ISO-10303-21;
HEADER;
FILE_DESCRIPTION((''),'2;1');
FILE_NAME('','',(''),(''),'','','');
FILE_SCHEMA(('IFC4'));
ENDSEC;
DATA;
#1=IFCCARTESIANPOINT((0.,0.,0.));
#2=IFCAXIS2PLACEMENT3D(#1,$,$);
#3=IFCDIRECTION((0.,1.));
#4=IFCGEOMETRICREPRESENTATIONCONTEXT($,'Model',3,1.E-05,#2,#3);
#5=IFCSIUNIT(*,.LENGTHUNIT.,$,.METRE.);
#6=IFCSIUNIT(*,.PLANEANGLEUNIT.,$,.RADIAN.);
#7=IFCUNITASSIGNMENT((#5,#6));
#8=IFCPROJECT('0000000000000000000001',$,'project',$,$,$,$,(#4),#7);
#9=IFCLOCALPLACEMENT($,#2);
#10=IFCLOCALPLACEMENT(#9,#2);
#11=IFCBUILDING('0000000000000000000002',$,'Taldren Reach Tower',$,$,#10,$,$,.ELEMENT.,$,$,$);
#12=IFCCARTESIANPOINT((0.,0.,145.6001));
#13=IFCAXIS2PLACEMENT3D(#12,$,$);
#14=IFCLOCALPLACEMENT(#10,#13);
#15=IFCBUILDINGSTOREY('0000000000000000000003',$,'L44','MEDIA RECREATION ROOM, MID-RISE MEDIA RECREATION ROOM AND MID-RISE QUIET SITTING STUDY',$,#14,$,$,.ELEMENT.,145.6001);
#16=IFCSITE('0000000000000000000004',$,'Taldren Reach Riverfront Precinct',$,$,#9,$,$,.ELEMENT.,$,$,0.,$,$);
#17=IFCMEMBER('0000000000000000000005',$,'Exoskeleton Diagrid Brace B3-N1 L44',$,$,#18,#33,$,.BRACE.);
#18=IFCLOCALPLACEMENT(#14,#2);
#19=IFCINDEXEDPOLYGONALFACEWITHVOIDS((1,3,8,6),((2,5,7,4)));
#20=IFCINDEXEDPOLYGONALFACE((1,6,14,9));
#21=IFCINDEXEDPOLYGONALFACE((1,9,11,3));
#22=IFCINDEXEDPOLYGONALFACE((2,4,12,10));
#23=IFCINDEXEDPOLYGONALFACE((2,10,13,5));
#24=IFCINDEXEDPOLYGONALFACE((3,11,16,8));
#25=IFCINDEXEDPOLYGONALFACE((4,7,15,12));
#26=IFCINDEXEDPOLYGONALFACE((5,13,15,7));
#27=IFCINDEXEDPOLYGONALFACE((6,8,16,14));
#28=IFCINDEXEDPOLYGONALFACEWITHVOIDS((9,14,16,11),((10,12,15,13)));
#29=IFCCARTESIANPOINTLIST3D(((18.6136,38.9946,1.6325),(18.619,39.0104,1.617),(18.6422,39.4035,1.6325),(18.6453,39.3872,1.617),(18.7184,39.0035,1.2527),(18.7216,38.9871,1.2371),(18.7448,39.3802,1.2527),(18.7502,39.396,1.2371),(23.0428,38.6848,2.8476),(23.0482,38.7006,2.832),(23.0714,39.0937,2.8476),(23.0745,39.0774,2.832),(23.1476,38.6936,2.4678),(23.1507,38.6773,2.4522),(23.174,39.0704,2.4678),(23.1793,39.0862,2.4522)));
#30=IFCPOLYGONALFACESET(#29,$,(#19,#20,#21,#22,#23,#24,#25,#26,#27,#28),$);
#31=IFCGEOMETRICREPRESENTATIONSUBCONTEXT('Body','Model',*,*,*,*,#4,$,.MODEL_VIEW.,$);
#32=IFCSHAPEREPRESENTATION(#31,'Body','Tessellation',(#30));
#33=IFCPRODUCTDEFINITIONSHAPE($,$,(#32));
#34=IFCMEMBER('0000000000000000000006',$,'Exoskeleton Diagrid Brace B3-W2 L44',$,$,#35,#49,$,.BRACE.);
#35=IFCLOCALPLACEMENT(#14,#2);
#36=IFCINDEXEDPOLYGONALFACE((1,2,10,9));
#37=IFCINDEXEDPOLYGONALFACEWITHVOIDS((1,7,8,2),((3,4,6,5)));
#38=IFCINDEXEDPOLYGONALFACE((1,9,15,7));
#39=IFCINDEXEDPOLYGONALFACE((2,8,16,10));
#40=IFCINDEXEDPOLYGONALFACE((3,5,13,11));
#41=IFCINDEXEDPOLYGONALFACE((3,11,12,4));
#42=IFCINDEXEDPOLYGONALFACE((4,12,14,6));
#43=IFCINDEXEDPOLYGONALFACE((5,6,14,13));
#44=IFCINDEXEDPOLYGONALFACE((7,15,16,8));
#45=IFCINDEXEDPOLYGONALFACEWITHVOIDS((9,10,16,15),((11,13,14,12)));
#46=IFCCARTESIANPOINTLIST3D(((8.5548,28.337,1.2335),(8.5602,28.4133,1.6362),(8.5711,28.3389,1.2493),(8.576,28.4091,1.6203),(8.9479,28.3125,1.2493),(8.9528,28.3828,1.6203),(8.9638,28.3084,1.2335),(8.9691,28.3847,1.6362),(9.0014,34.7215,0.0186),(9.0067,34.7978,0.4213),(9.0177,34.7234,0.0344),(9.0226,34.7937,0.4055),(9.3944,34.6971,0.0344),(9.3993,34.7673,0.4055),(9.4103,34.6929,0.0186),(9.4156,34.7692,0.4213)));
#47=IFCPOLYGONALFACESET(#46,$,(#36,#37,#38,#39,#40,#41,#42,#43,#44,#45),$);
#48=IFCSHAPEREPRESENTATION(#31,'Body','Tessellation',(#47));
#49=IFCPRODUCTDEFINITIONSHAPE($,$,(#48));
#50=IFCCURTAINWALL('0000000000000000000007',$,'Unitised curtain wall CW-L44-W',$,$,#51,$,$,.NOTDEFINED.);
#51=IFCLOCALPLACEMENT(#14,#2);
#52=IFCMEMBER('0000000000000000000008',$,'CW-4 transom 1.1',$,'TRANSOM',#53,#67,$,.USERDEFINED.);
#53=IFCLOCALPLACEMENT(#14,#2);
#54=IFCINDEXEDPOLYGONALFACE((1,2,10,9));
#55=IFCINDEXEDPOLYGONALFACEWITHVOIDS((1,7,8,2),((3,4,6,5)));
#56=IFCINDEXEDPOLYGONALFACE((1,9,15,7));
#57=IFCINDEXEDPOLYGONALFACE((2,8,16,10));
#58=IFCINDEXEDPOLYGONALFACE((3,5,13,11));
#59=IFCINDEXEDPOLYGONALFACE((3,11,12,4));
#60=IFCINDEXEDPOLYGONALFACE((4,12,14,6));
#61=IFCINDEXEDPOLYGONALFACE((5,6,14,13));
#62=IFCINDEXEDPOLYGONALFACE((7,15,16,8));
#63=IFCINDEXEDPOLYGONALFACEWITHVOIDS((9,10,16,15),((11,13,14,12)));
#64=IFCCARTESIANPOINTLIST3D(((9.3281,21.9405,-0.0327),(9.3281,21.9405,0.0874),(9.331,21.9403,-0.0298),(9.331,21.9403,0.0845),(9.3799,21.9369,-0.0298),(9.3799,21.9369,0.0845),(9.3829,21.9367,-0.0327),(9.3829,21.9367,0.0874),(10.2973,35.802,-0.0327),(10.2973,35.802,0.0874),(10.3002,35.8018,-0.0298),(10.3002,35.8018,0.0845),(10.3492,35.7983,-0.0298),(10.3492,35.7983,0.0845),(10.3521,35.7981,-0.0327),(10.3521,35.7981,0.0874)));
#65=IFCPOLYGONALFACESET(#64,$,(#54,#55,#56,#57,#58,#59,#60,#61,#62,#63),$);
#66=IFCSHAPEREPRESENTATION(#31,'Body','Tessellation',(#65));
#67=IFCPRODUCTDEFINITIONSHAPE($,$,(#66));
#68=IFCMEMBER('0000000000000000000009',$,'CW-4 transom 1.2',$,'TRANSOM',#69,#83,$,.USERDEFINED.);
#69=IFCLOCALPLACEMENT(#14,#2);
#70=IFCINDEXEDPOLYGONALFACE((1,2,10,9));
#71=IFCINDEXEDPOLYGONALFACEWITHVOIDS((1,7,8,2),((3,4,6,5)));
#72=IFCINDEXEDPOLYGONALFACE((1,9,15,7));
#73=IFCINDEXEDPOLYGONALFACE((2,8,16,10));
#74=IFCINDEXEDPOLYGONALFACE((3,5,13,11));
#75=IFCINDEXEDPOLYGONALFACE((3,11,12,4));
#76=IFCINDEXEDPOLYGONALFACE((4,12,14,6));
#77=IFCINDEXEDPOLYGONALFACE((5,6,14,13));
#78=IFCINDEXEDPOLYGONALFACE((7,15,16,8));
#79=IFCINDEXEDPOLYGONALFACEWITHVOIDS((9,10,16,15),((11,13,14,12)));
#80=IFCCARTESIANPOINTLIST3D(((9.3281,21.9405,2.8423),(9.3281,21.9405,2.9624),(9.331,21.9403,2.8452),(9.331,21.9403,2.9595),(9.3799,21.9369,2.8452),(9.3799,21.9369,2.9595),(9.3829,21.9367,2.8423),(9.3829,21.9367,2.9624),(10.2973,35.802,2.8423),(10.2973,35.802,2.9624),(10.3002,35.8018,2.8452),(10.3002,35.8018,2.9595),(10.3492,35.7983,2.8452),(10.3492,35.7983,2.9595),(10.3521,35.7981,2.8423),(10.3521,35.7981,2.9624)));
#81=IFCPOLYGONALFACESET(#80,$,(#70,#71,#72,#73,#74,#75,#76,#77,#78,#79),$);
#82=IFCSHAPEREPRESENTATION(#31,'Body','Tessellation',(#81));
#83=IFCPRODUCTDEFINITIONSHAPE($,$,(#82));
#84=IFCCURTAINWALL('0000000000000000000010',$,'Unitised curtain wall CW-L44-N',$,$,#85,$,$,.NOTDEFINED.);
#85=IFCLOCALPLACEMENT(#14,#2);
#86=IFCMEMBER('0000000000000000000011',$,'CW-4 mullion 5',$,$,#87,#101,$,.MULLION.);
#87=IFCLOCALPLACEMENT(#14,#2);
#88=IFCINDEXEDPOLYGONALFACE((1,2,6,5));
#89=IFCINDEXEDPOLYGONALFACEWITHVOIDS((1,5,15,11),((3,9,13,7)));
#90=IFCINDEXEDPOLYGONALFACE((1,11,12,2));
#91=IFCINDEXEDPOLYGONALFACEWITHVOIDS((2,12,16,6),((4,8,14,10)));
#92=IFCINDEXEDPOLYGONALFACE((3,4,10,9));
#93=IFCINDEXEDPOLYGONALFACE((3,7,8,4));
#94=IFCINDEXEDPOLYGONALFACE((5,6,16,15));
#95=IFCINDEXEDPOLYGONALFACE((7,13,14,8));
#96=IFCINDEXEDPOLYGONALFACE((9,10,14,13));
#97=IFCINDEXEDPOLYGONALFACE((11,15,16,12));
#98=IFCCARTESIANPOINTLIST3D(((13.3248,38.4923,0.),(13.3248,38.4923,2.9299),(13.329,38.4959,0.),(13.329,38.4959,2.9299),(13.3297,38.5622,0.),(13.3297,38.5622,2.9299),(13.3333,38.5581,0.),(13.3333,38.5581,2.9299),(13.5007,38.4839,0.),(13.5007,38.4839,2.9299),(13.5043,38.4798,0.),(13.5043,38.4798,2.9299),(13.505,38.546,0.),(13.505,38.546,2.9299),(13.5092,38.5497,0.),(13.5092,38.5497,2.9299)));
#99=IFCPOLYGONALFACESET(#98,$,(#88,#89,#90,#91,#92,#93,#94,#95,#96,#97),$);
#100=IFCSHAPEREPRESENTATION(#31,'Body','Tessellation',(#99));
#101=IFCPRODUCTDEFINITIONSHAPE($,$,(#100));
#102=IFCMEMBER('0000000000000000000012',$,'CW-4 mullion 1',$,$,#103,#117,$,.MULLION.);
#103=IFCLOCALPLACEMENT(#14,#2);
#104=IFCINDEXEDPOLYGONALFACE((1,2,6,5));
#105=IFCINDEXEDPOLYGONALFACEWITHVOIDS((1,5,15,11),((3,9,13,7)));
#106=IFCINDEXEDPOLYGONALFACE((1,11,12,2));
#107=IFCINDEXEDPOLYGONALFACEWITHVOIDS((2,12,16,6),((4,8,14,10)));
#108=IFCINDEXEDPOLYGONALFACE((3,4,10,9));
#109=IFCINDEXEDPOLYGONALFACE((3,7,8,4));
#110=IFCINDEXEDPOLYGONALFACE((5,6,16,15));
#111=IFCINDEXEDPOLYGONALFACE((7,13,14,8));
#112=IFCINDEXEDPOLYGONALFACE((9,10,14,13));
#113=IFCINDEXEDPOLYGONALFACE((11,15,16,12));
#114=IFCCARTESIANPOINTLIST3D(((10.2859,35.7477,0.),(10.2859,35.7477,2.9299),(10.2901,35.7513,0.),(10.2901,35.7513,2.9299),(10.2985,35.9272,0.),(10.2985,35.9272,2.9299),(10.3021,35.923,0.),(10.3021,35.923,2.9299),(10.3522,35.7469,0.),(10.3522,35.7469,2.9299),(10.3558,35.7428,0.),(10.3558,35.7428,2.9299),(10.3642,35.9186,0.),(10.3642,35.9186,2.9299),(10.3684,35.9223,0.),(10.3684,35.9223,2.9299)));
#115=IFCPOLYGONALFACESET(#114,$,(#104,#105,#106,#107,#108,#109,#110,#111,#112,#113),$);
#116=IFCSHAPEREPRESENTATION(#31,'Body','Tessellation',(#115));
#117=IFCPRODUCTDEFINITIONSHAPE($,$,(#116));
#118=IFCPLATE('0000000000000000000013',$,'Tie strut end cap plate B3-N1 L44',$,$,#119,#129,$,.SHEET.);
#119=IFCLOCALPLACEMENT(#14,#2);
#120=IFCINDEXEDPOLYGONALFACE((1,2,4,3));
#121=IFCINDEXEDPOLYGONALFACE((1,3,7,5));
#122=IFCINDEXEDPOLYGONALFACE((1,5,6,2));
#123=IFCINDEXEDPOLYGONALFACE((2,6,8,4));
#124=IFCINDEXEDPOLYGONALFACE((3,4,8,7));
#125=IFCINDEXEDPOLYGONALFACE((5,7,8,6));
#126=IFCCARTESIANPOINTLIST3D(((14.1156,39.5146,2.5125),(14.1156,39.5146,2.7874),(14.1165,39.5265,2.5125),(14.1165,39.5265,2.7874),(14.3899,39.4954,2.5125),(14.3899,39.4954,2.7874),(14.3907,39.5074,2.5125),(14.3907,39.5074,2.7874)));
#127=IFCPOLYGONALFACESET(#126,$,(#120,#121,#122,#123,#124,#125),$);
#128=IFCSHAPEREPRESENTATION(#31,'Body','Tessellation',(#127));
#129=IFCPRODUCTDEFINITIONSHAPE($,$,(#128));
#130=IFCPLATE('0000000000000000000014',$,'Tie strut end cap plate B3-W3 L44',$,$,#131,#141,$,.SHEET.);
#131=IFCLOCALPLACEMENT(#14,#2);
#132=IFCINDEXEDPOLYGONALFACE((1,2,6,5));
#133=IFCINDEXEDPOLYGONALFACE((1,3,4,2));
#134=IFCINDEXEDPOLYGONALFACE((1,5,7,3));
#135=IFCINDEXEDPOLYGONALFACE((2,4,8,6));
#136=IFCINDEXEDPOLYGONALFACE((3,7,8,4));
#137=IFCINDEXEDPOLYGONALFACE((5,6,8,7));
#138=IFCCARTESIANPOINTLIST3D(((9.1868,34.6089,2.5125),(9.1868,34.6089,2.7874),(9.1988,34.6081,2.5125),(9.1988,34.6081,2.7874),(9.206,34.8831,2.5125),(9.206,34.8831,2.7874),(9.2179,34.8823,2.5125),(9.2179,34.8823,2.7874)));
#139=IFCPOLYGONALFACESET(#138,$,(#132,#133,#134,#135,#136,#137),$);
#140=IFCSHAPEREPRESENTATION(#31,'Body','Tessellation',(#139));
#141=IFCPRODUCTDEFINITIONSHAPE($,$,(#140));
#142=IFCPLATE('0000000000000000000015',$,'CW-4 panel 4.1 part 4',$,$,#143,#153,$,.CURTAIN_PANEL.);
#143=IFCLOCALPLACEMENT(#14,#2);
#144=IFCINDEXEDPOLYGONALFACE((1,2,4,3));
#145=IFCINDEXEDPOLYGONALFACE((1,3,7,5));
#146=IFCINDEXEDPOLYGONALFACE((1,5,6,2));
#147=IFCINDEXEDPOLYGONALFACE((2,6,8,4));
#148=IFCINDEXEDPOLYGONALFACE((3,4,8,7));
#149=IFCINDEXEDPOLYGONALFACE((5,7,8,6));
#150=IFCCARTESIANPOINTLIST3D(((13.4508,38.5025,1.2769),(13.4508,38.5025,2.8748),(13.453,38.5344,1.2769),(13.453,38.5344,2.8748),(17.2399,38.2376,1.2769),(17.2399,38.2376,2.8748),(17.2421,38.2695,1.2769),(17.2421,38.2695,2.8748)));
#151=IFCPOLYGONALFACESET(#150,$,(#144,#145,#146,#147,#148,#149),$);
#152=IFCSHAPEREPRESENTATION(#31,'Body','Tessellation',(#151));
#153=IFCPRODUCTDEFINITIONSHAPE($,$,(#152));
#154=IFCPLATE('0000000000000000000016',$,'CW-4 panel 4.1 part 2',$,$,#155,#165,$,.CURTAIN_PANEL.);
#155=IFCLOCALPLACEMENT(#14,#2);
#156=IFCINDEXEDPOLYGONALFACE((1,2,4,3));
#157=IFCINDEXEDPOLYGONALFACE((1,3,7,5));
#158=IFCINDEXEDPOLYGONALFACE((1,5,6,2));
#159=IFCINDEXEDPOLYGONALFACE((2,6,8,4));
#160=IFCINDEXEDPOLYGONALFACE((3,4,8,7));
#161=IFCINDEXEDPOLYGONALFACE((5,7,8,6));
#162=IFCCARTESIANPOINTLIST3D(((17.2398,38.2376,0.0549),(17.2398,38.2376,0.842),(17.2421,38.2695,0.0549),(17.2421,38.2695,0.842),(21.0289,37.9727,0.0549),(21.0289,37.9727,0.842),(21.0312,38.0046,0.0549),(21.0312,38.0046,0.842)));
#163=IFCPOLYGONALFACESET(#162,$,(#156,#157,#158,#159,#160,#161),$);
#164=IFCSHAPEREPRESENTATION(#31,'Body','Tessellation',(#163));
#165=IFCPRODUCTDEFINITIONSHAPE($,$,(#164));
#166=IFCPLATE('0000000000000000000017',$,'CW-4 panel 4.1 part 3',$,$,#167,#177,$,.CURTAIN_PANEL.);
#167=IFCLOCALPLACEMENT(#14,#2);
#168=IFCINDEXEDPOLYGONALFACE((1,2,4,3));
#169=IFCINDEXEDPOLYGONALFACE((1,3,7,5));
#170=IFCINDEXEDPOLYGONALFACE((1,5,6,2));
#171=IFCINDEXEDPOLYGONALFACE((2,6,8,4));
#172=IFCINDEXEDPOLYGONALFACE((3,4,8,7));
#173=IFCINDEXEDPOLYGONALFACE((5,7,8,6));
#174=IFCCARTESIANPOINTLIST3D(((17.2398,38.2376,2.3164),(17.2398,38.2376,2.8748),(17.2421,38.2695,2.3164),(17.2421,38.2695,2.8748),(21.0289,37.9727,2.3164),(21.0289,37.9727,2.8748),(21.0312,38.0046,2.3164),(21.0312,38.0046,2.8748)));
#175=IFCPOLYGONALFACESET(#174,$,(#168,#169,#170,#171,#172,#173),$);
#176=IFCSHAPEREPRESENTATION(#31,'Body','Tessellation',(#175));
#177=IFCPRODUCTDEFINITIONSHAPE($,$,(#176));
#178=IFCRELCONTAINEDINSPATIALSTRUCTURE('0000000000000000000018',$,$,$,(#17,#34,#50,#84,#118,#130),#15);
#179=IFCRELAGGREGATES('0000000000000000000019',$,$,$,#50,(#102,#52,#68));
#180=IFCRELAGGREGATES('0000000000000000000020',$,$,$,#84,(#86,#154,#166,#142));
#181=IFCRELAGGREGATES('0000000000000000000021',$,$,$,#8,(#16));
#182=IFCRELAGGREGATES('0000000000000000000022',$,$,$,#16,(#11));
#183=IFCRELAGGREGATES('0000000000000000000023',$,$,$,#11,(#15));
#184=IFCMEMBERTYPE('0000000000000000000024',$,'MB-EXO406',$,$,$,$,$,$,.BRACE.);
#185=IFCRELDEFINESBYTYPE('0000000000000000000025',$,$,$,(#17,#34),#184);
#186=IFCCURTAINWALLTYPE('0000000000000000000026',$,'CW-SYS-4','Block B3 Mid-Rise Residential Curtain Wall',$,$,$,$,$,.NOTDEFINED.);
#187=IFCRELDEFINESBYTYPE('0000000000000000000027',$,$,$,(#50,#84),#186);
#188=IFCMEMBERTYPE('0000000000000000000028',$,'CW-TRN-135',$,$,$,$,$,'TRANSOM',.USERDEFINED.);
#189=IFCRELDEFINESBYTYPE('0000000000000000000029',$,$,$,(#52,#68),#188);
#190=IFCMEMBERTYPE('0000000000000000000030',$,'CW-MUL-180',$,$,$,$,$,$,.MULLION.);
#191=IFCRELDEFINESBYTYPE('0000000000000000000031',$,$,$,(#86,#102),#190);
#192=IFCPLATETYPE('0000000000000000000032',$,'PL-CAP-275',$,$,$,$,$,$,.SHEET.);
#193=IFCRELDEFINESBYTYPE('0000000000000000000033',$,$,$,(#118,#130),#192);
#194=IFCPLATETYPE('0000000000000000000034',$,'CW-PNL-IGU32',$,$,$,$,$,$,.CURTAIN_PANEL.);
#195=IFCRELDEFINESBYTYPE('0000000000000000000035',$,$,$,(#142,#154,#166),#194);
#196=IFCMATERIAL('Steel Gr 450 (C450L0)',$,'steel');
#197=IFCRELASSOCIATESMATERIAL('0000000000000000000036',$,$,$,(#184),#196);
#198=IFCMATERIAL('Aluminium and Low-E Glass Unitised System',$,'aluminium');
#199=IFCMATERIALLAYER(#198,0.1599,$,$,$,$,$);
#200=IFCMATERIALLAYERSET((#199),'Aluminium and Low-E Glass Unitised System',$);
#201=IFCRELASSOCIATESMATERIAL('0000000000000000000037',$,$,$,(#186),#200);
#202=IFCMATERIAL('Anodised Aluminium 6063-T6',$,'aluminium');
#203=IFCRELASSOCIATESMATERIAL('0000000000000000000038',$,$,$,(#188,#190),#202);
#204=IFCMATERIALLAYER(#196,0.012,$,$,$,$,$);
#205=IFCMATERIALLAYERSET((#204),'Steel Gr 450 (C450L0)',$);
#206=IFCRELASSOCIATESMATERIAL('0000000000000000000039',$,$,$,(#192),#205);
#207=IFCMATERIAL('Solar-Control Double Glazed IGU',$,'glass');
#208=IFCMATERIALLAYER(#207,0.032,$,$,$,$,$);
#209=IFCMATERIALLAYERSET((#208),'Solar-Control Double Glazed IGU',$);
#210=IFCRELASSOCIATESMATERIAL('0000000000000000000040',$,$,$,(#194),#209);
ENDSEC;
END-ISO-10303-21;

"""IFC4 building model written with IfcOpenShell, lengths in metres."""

from ifc_helpers import new_model, si_unit, direction, frame, origin, origin_2d, place, context, subcontext, project, spatial, rectangle, hollow_rectangle, extrude, source, transform, mapped, material, layer, layer_set, material_profile, profile_set, type_object, element, aggregate, save


model = new_model("IFC4")

# Units and contexts
model_context = context("Model", 3, precision=1e-05, world=origin(), true_north=direction((0.0, 1.0)))
body_context = subcontext(model_context, "Body", "Model", "MODEL_VIEW")
ifc_project = project(units=[si_unit("LENGTHUNIT", "METRE"), si_unit("PLANEANGLEUNIT", "RADIAN")], contexts=[model_context])

# Site, building, storey
site_placement = place(None, origin())
site = spatial("IfcSite", under=ifc_project, at=site_placement, Name="Taldren Reach Riverfront Precinct", CompositionType="ELEMENT", RefElevation=0.0)
building_placement = place(site_placement, origin())
building = spatial("IfcBuilding", under=site, at=building_placement, Name="Taldren Reach Tower", CompositionType="ELEMENT")
storey_placement = place(building_placement, frame((0.0, 0.0, 145.6001)))
storey = spatial("IfcBuildingStorey", under=building, at=storey_placement, Name="L44", Description="MEDIA RECREATION ROOM, MID-RISE MEDIA RECREATION ROOM AND MID-RISE QUIET SITTING STUDY", CompositionType="ELEMENT", Elevation=145.6001)

# Shared definitions
ifc_material_1 = material(Name="Steel Gr 450 (C450L0)", Category="steel")

# Members
ifc_material_profile_1 = material_profile(ifc_material_1, hollow_rectangle(XDim=0.4099, YDim=0.4099, WallThickness=0.0161, at=origin_2d()), Name="410x410x16.0SHS")
ifc_profile_set_1 = profile_set([ifc_material_profile_1], Name="Steel Gr 450 (C450L0)")
member_type_1 = type_object("IfcMemberType", Name="MB-EXO406", PredefinedType="BRACE", material=ifc_profile_set_1)
shared_shape_1 = source(origin(), body_context, "Body", "SweptSolid", [
    extrude(hollow_rectangle(XDim=0.4099, YDim=0.4099, WallThickness=0.0161, at=origin_2d()), origin(), (0.0, 0.0, 1.0), 4.6033),
])
for number, where, z_axis, x_axis, name in (
    (1, (18.6819, 39.1953, 1.4348), (0.962182, -0.067303, 0.263961), (0.069778, 0.997563, 0.0), "Exoskeleton Diagrid Brace B3-N1 L44"),
):
    element("IfcMember", number, at=place(storey_placement, frame(where, z_axis=z_axis, x_axis=x_axis)), inside=storey, type_object=member_type_1, Name=name, PredefinedType="BRACE", context=body_context, shape_type="MappedRepresentation", body=[
        mapped(shared_shape_1, transform((0.0, 0.0, 0.0), scale=1.0)),
    ])
shared_shape_2 = source(origin(), body_context, "Body", "SweptSolid", [
    extrude(hollow_rectangle(XDim=0.4099, YDim=0.4099, WallThickness=0.0161, at=origin_2d()), origin(), (0.0, 0.0, 1.0), 6.5144),
])
member_1_placement = place(storey_placement, frame((9.2085, 34.7454, 0.22), z_axis=(-0.068546, -0.980063, 0.186486), x_axis=(0.997563, -0.06977, 0.0)))
element("IfcMember", 2, at=member_1_placement, inside=storey, type_object=member_type_1, Name="Exoskeleton Diagrid Brace B3-W2 L44", PredefinedType="BRACE", context=body_context, shape_type="MappedRepresentation", body=[
    mapped(shared_shape_2, transform((0.0, 0.0, 0.0), scale=1.0)),
])

# Curtain wall, members
ifc_material_2 = material(Name="Aluminium and Low-E Glass Unitised System", Category="aluminium")
ifc_layer_1 = layer(ifc_material_2, 0.1599)
ifc_layer_set_1 = layer_set([ifc_layer_1], Name="Aluminium and Low-E Glass Unitised System")
curtain_wall_type = type_object("IfcCurtainWallType", Name="CW-SYS-4", Description="Block B3 Mid-Rise Residential Curtain Wall", PredefinedType="NOTDEFINED", material=ifc_layer_set_1)
curtain_wall_1_placement = place(storey_placement, origin())
curtain_wall_1 = element("IfcCurtainWall", 3, at=curtain_wall_1_placement, inside=storey, type_object=curtain_wall_type, Name="Unitised curtain wall CW-L44-W", PredefinedType="NOTDEFINED")
ifc_material_3 = material(Name="Anodised Aluminium 6063-T6", Category="aluminium")
ifc_material_profile_2 = material_profile(ifc_material_3, hollow_rectangle(XDim=0.0549, YDim=0.1201, WallThickness=0.0029, at=origin_2d()), Name="ALU-120x55x3RHS")
ifc_profile_set_2 = profile_set([ifc_material_profile_2], Name="Anodised Aluminium 6063-T6")
member_type_2 = type_object("IfcMemberType", Name="CW-TRN-135", ElementType="TRANSOM", PredefinedType="USERDEFINED", material=ifc_profile_set_2)
shared_shape_3 = source(origin(), body_context, "Body", "SweptSolid", [
    extrude(hollow_rectangle(XDim=0.0549, YDim=0.1201, WallThickness=0.0029, at=origin_2d()), origin(), (0.0, 0.0, 1.0), 13.8953),
])
member_2_placement = place(storey_placement, frame((10.3247, 35.8, 0.0273), z_axis=(-0.069754, -0.997564, 0.0), x_axis=(0.997564, -0.069754, 0.0)))
member_2 = element("IfcMember", 4, at=member_2_placement, type_object=member_type_2, Name="CW-4 transom 1.1", ObjectType="TRANSOM", PredefinedType="USERDEFINED", context=body_context, shape_type="MappedRepresentation", body=[
    mapped(shared_shape_3, transform((0.0, 0.0, 0.0), scale=1.0)),
])
member_3_placement = place(storey_placement, frame((10.3247, 35.8, 2.9023), z_axis=(-0.069754, -0.997564, 0.0), x_axis=(0.997564, -0.069754, 0.0)))
member_3 = element("IfcMember", 5, at=member_3_placement, type_object=member_type_2, Name="CW-4 transom 1.2", ObjectType="TRANSOM", PredefinedType="USERDEFINED", context=body_context, shape_type="MappedRepresentation", body=[
    mapped(shared_shape_3, transform((0.0, 0.0, 0.0), scale=1.0)),
])

# Curtain wall, member
curtain_wall_2_placement = place(storey_placement, origin())
curtain_wall_2 = element("IfcCurtainWall", 6, at=curtain_wall_2_placement, inside=storey, type_object=curtain_wall_type, Name="Unitised curtain wall CW-L44-N", PredefinedType="NOTDEFINED")
ifc_material_profile_3 = material_profile(ifc_material_3, hollow_rectangle(XDim=0.0701, YDim=0.1799, WallThickness=0.0039, at=origin_2d()), Name="ALU-180x70x4RHS")
ifc_profile_set_3 = profile_set([ifc_material_profile_3], Name="Anodised Aluminium 6063-T6")
member_type_3 = type_object("IfcMemberType", Name="CW-MUL-180", PredefinedType="MULLION", material=ifc_profile_set_3)
shared_shape_4 = source(origin(), body_context, "Body", "SweptSolid", [
    extrude(hollow_rectangle(XDim=0.0701, YDim=0.1799, WallThickness=0.0039, at=origin_2d()), origin(), (0.0, 0.0, 1.0), 2.9299),
])
member_4_placement = place(storey_placement, frame((13.417, 38.521, 0.0), z_axis=(0.0, 0.0, 1.0), x_axis=(-0.069757, -0.997564, 0.0)))
member_4 = element("IfcMember", 7, at=member_4_placement, type_object=member_type_3, Name="CW-4 mullion 5", PredefinedType="MULLION", context=body_context, shape_type="MappedRepresentation", body=[
    mapped(shared_shape_4, transform((0.0, 0.0, 0.0), scale=1.0)),
])

# Member
member_5_placement = place(storey_placement, frame((10.3271, 35.835, 0.0), z_axis=(0.0, 0.0, 1.0), x_axis=(0.997564, -0.069756, 0.0)))
member_5 = element("IfcMember", 8, at=member_5_placement, type_object=member_type_3, Name="CW-4 mullion 1", PredefinedType="MULLION", context=body_context, shape_type="MappedRepresentation", body=[
    mapped(shared_shape_4, transform((0.0, 0.0, 0.0), scale=1.0)),
])
aggregate(curtain_wall_1, [member_5, member_2, member_3])

# Plates
ifc_layer_2 = layer(ifc_material_1, 0.012)
ifc_layer_set_2 = layer_set([ifc_layer_2], Name="Steel Gr 450 (C450L0)")
plate_type_1 = type_object("IfcPlateType", Name="PL-CAP-275", PredefinedType="SHEET", material=ifc_layer_set_2)
shared_shape_5 = source(origin(), body_context, "Body", "SweptSolid", [
    extrude(rectangle(XDim=0.2749, YDim=0.012, at=origin_2d()), origin(), (0.0, 0.0, 1.0), 0.2749),
])
plate_1_placement = place(storey_placement, frame((14.2532, 39.511, 2.5125), z_axis=(0.0, 0.0, 1.0), x_axis=(0.997564, -0.069756, 0.0)))
element("IfcPlate", 9, at=plate_1_placement, inside=storey, type_object=plate_type_1, Name="Tie strut end cap plate B3-N1 L44", PredefinedType="SHEET", context=body_context, shape_type="MappedRepresentation", body=[
    mapped(shared_shape_5, transform((0.0, 0.0, 0.0), scale=1.0)),
])
shared_shape_6 = source(origin(), body_context, "Body", "SweptSolid", [
    extrude(rectangle(XDim=0.012, YDim=0.2749, at=origin_2d()), origin(), (0.0, 0.0, 1.0), 0.2749),
])
plate_2_placement = place(storey_placement, frame((9.2024, 34.7456, 2.5125), z_axis=(0.0, 0.0, 1.0), x_axis=(0.997564, -0.069756, 0.0)))
element("IfcPlate", 10, at=plate_2_placement, inside=storey, type_object=plate_type_1, Name="Tie strut end cap plate B3-W3 L44", PredefinedType="SHEET", context=body_context, shape_type="MappedRepresentation", body=[
    mapped(shared_shape_6, transform((0.0, 0.0, 0.0), scale=1.0)),
])

# Plates
ifc_material_4 = material(Name="Solar-Control Double Glazed IGU", Category="glass")
ifc_layer_3 = layer(ifc_material_4, 0.032)
ifc_layer_set_3 = layer_set([ifc_layer_3], Name="Solar-Control Double Glazed IGU")
plate_type_2 = type_object("IfcPlateType", Name="CW-PNL-IGU32", PredefinedType="CURTAIN_PANEL", material=ifc_layer_set_3)
shared_shape_7 = source(origin(), body_context, "Body", "SweptSolid", [
    extrude(rectangle(XDim=3.7983, YDim=0.032, at=origin_2d()), origin(), (0.0, 0.0, 1.0), 1.5979),
])
plate_3_placement = place(storey_placement, frame((15.3464, 38.386, 1.2769), z_axis=(0.0, 0.0, 1.0), x_axis=(-0.997564, 0.069757, 0.0)))
plate_3 = element("IfcPlate", 11, at=plate_3_placement, type_object=plate_type_2, Name="CW-4 panel 4.1 part 4", PredefinedType="CURTAIN_PANEL", context=body_context, shape_type="MappedRepresentation", body=[
    mapped(shared_shape_7, transform((0.0, 0.0, 0.0), scale=1.0)),
])
shared_shape_8 = source(origin(), body_context, "Body", "SweptSolid", [
    extrude(rectangle(XDim=3.7983, YDim=0.032, at=origin_2d()), origin(), (0.0, 0.0, 1.0), 0.7871),
])
plate_4_placement = place(storey_placement, frame((19.1355, 38.1211, 0.0549), z_axis=(0.0, 0.0, 1.0), x_axis=(-0.997564, 0.069757, 0.0)))
plate_4 = element("IfcPlate", 12, at=plate_4_placement, type_object=plate_type_2, Name="CW-4 panel 4.1 part 2", PredefinedType="CURTAIN_PANEL", context=body_context, shape_type="MappedRepresentation", body=[
    mapped(shared_shape_8, transform((0.0, 0.0, 0.0), scale=1.0)),
])
shared_shape_9 = source(origin(), body_context, "Body", "SweptSolid", [
    extrude(rectangle(XDim=3.7983, YDim=0.032, at=origin_2d()), origin(), (0.0, 0.0, 1.0), 0.5583),
])
plate_5_placement = place(storey_placement, frame((19.1355, 38.1211, 2.3164), z_axis=(0.0, 0.0, 1.0), x_axis=(-0.997564, 0.069757, 0.0)))
plate_5 = element("IfcPlate", 13, at=plate_5_placement, type_object=plate_type_2, Name="CW-4 panel 4.1 part 3", PredefinedType="CURTAIN_PANEL", context=body_context, shape_type="MappedRepresentation", body=[
    mapped(shared_shape_9, transform((0.0, 0.0, 0.0), scale=1.0)),
])
aggregate(curtain_wall_2, [member_4, plate_4, plate_5, plate_3])

save(model, "model.ifc")
